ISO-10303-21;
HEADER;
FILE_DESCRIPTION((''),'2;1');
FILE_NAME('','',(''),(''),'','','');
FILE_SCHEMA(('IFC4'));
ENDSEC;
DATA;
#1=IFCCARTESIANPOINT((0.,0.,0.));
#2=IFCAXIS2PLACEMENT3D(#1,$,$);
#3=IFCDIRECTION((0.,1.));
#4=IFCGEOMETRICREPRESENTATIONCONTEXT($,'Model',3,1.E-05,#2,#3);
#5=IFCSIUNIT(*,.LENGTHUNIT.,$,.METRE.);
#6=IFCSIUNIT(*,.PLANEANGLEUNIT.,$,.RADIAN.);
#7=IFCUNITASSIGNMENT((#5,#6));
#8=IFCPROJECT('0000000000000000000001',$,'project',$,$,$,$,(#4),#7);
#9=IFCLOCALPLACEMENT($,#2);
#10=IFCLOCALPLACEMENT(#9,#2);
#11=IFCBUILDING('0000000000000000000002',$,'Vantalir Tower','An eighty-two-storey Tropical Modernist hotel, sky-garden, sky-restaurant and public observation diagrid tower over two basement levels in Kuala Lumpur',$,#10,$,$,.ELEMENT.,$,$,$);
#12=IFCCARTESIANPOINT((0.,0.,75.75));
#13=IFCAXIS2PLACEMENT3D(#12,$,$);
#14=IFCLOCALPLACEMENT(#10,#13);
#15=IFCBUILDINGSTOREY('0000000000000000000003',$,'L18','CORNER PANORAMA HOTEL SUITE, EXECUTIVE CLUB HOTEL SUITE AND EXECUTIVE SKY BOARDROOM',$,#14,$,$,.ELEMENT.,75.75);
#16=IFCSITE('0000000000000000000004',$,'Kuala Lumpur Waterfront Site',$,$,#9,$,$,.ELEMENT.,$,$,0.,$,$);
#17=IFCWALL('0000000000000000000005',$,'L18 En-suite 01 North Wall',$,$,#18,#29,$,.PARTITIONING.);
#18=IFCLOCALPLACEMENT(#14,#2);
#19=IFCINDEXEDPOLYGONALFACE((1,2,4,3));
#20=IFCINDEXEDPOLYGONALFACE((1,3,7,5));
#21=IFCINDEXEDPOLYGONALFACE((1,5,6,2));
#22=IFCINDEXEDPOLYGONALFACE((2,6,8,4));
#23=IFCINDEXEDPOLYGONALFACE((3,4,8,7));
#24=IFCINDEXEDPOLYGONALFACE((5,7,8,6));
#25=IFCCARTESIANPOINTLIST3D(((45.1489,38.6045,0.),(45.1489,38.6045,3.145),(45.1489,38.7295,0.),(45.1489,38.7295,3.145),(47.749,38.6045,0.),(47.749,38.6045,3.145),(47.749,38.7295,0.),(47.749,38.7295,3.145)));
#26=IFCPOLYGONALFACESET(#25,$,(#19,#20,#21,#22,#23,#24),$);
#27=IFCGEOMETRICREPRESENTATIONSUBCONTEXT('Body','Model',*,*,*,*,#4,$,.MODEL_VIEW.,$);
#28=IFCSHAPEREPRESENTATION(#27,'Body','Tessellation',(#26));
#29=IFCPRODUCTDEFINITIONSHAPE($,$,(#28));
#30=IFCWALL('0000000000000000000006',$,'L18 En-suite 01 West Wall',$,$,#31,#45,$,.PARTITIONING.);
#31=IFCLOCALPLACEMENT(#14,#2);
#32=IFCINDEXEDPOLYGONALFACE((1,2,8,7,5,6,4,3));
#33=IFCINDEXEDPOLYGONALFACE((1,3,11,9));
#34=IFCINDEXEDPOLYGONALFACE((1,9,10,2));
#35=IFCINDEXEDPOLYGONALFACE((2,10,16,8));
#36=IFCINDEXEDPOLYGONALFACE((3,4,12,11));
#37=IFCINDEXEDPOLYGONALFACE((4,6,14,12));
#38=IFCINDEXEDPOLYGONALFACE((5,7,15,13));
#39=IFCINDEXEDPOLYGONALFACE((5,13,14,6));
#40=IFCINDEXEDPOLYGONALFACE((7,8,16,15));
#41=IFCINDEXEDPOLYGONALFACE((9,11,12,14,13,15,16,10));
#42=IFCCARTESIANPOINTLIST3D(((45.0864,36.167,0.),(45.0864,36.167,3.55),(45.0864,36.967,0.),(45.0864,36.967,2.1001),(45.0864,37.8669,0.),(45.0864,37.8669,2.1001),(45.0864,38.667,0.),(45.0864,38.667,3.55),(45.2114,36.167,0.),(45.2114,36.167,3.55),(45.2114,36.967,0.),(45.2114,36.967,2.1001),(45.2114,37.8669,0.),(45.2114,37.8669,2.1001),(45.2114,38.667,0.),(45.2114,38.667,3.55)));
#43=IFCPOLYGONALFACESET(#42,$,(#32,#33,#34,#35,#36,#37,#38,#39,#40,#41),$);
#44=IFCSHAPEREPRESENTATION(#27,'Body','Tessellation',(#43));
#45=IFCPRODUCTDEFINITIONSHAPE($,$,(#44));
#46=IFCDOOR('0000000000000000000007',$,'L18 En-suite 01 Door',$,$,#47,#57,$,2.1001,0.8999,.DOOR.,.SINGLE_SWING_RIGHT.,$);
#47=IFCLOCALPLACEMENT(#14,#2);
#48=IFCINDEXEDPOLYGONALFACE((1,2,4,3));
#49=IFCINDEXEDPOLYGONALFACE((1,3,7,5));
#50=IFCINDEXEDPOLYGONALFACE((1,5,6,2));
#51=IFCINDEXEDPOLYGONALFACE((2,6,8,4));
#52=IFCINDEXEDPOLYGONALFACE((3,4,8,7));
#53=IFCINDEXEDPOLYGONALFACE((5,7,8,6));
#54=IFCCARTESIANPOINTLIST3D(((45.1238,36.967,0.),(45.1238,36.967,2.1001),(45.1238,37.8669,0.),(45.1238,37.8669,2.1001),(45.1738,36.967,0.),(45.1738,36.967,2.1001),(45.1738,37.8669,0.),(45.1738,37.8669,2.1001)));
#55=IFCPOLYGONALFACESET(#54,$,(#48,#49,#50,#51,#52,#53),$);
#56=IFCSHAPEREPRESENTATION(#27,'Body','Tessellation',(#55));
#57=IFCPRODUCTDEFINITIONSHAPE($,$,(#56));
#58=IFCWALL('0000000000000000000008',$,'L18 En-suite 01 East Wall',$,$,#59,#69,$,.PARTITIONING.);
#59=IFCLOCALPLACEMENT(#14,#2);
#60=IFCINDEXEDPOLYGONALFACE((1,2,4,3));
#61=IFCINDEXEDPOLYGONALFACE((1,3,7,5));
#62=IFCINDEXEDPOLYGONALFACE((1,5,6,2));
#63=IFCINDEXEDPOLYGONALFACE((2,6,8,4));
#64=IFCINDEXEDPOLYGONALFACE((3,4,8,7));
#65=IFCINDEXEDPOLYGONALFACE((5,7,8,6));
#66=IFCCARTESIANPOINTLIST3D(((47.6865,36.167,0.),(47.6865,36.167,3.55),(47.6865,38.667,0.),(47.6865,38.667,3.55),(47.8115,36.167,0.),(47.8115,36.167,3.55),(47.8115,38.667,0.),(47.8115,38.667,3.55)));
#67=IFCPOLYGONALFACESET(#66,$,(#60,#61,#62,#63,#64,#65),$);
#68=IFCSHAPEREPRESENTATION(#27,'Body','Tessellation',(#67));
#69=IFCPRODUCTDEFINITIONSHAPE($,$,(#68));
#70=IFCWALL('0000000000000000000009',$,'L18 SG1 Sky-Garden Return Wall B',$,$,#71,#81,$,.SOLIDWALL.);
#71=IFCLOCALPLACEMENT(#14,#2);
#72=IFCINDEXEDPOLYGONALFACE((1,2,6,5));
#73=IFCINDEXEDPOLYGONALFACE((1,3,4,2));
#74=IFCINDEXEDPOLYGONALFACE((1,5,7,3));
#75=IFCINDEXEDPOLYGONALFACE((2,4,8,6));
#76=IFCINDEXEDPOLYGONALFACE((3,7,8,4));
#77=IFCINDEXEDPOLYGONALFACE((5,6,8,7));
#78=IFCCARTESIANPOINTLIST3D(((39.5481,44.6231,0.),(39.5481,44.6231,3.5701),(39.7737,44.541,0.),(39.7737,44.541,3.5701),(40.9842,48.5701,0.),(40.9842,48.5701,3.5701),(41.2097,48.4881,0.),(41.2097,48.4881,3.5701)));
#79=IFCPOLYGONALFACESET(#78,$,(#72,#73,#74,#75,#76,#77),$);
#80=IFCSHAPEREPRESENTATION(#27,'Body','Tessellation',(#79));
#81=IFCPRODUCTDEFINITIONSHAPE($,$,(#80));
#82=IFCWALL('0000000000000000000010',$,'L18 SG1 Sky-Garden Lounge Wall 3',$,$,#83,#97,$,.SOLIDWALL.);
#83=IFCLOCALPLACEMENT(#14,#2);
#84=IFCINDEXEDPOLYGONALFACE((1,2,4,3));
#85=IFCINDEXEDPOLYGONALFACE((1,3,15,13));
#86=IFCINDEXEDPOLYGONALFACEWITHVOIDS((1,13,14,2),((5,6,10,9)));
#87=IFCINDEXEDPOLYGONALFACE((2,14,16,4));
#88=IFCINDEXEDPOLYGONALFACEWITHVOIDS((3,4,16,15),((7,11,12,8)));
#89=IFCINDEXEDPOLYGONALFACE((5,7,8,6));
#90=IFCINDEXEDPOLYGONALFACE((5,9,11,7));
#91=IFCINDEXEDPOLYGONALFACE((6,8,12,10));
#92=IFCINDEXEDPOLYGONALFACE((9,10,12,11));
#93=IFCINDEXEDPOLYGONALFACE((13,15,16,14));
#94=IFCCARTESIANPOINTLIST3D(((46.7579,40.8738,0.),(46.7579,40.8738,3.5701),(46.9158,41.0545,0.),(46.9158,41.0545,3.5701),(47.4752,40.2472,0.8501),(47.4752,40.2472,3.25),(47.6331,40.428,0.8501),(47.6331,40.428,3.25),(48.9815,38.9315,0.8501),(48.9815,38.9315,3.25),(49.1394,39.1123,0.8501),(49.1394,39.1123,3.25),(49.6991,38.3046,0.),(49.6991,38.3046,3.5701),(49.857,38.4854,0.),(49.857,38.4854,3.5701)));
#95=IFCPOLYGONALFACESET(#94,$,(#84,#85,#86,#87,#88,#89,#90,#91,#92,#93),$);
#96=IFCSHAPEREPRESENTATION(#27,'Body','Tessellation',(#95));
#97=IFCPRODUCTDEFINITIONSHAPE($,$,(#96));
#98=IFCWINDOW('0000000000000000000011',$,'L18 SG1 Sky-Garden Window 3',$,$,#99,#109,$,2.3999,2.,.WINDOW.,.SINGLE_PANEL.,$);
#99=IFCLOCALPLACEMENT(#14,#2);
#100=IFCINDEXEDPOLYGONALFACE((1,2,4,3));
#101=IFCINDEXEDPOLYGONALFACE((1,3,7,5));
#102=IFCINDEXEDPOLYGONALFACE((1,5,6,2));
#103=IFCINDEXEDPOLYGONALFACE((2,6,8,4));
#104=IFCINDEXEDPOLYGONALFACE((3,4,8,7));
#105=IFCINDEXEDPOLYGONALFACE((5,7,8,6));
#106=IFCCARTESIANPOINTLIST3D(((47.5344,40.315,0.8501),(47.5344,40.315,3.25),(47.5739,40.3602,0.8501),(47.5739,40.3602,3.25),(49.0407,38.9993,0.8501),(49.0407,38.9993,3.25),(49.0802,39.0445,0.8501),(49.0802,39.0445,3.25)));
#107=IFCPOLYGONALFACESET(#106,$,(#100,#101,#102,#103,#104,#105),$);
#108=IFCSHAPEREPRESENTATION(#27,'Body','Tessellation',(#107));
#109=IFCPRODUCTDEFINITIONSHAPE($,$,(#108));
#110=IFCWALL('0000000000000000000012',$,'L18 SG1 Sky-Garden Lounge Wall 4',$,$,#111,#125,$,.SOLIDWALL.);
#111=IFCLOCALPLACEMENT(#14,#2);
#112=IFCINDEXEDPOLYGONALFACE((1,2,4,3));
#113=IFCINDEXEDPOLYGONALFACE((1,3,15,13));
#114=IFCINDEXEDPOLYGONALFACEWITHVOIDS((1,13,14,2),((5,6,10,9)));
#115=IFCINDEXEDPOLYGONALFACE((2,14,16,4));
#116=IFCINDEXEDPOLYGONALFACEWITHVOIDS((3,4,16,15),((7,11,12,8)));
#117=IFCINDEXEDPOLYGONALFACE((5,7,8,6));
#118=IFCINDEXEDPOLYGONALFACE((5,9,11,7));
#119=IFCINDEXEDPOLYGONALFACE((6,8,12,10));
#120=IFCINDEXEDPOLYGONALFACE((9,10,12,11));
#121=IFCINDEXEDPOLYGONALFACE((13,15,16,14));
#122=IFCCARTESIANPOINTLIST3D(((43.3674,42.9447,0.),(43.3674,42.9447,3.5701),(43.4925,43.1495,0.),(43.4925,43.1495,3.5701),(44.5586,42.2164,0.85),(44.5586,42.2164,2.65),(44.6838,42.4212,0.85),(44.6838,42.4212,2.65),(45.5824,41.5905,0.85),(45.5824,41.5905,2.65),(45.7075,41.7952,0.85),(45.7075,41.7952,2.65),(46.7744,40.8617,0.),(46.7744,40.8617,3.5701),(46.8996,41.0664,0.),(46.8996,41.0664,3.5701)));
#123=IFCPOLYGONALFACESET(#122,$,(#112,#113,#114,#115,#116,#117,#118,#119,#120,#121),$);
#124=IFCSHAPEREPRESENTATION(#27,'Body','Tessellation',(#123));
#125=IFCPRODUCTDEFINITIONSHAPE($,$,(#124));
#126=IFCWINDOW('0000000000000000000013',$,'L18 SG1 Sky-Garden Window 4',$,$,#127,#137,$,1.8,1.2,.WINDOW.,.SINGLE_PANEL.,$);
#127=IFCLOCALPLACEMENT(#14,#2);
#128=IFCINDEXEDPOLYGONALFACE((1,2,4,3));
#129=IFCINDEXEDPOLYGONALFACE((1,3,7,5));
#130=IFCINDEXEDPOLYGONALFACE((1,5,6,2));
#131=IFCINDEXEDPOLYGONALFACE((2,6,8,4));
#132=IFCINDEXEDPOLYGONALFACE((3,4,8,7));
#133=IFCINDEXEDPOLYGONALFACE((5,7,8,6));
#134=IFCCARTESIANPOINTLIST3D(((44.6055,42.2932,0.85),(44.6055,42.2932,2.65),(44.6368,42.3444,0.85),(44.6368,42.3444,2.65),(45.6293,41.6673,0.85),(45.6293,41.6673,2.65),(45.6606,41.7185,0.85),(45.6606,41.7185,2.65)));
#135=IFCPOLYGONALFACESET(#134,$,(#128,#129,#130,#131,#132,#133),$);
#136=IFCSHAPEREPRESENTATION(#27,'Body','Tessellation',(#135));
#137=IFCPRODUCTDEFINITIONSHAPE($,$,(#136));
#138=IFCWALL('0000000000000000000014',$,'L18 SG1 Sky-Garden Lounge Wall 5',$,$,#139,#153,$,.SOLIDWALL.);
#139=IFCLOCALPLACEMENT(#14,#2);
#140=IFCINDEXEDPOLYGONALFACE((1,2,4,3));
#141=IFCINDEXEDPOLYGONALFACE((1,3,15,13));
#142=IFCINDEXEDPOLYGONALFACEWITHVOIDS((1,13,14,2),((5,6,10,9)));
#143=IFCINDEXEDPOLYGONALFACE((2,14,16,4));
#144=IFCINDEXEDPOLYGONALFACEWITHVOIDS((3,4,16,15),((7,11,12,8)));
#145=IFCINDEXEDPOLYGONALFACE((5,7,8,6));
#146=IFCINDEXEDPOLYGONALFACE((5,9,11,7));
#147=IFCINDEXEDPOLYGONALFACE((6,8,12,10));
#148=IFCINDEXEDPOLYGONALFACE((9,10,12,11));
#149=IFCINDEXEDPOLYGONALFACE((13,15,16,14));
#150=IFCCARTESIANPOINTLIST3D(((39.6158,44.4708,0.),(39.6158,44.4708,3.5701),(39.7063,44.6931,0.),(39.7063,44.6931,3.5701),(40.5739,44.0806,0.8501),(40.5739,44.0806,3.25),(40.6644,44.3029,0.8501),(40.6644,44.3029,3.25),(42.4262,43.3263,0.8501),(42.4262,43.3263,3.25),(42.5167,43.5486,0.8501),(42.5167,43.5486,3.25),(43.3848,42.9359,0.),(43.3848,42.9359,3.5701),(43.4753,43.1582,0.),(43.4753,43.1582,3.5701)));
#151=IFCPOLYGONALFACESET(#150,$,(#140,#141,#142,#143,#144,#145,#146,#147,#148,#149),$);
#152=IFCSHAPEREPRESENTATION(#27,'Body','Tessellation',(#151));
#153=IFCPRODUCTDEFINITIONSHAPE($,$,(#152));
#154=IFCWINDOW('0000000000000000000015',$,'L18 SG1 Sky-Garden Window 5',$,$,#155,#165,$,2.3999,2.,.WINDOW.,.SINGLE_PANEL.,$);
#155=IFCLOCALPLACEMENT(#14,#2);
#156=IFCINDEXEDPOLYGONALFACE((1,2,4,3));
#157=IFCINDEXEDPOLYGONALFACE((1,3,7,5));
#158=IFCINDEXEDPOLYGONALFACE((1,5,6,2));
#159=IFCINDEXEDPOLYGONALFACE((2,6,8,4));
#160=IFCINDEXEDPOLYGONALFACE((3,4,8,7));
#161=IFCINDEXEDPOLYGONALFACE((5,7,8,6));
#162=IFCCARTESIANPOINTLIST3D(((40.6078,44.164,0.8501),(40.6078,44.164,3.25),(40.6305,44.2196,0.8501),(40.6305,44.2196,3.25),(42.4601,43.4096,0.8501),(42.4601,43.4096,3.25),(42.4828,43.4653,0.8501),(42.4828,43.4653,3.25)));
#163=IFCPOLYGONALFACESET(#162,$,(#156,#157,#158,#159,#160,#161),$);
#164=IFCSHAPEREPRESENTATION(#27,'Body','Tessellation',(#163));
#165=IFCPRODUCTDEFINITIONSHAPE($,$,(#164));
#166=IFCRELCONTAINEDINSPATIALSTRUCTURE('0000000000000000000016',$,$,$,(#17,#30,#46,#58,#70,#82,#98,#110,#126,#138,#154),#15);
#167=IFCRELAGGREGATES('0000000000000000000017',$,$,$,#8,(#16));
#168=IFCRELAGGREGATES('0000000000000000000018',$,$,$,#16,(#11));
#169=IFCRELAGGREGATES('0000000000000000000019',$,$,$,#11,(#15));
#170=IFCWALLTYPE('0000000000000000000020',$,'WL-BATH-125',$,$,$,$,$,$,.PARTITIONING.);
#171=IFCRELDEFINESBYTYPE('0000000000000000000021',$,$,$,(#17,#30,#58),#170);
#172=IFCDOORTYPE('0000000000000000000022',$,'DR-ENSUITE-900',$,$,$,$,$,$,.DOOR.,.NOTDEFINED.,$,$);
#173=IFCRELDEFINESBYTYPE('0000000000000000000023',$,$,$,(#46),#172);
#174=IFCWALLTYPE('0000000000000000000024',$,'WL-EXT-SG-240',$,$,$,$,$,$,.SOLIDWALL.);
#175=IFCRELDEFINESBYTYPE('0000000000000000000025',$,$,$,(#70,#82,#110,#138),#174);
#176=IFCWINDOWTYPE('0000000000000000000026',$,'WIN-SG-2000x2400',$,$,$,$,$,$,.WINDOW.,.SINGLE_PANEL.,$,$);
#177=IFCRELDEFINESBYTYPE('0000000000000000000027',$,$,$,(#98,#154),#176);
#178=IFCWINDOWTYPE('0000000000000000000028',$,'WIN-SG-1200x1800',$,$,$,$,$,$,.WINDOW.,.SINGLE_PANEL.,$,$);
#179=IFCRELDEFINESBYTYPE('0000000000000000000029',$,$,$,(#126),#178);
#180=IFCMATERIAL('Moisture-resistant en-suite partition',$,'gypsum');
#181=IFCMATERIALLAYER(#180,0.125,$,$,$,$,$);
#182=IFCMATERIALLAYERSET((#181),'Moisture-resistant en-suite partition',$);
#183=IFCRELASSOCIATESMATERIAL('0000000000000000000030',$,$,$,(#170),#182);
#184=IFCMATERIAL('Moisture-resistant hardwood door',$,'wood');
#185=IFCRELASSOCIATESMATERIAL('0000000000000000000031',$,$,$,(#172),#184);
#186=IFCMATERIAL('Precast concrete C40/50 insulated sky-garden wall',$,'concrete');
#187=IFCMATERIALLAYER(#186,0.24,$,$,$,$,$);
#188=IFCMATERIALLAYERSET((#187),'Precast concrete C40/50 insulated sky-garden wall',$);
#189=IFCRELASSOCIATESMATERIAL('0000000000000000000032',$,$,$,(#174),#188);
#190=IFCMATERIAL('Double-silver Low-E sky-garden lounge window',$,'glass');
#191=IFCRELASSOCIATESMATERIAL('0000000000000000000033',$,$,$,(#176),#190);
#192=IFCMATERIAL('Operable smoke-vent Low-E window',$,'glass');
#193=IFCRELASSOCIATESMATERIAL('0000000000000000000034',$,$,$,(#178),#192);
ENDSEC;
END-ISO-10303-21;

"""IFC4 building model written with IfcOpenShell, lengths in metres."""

from ifc_helpers import new_model, si_unit, direction, frame, frame_2d, origin, place, context, subcontext, project, spatial, rectangle, extrude, material, layer, layer_set, type_object, element, fill, save


model = new_model("IFC4")

# Units and contexts
model_context = context("Model", 3, precision=1e-05, world=origin(), true_north=direction((0.0, 1.0)))
body_context = subcontext(model_context, "Body", "Model", "MODEL_VIEW")
ifc_project = project(units=[si_unit("LENGTHUNIT", "METRE"), si_unit("PLANEANGLEUNIT", "RADIAN")], contexts=[model_context])

# Site, building, storey
site_placement = place(None, origin())
site = spatial("IfcSite", under=ifc_project, at=site_placement, Name="Kuala Lumpur Waterfront Site", CompositionType="ELEMENT", RefElevation=0.0)
building_placement = place(site_placement, origin())
building = spatial("IfcBuilding", under=site, at=building_placement, Name="Vantalir Tower", Description="An eighty-two-storey Tropical Modernist hotel, sky-garden, sky-restaurant and public observation diagrid tower over two basement levels in Kuala Lumpur", CompositionType="ELEMENT")
storey_placement = place(building_placement, frame((0.0, 0.0, 75.75)))
storey = spatial("IfcBuildingStorey", under=building, at=storey_placement, Name="L18", Description="CORNER PANORAMA HOTEL SUITE, EXECUTIVE CLUB HOTEL SUITE AND EXECUTIVE SKY BOARDROOM", CompositionType="ELEMENT", Elevation=75.75)

# Wall
ifc_material_1 = material(Name="Moisture-resistant en-suite partition", Category="gypsum")
ifc_layer_1 = layer(ifc_material_1, 0.125)
ifc_layer_set_1 = layer_set([ifc_layer_1], Name="Moisture-resistant en-suite partition")
wall_type_1 = type_object("IfcWallType", Name="WL-BATH-125", PredefinedType="PARTITIONING", material=ifc_layer_set_1)
wall_1_placement = place(storey_placement, frame((45.1489, 38.667, 0.0), z_axis=(0.0, 0.0, 1.0), x_axis=(1.0, 0.0, 0.0)))
element("IfcWall", 1, at=wall_1_placement, inside=storey, type_object=wall_type_1, Name="L18 En-suite 01 North Wall", PredefinedType="PARTITIONING", context=body_context, shape_type="SweptSolid", body=[
    extrude(rectangle(XDim=2.6001, YDim=0.125, at=frame_2d((1.3, 0.0))), origin(), (0.0, 0.0, 1.0), 3.145),
])

# Wall, opening, door
wall_2_placement = place(storey_placement, frame((45.1489, 36.167, 0.0), z_axis=(0.0, 0.0, 1.0), x_axis=(0.0, 1.0, 0.0)))
wall_2 = element("IfcWall", 2, at=wall_2_placement, inside=storey, type_object=wall_type_1, Name="L18 En-suite 01 West Wall", PredefinedType="PARTITIONING", context=body_context, shape_type="SweptSolid", body=[
    extrude(rectangle(XDim=2.5, YDim=0.125, at=frame_2d((1.25, 0.0))), origin(), (0.0, 0.0, 1.0), 3.55),
])
opening_1_placement = place(wall_2_placement, frame((0.8, 0.0, 0.0)))
opening_1 = element("IfcOpeningElement", 3, at=opening_1_placement, cuts=wall_2, PredefinedType="OPENING", context=body_context, shape_type="SweptSolid", body=[
    extrude(rectangle(XDim=0.8999, YDim=2.1001, at=frame_2d((0.45, 1.05))), frame((0.0, 0.0725, 0.0), z_axis=(0.0, -1.0, 0.0), x_axis=(1.0, 0.0, 0.0)), (0.0, 0.0, 1.0), 0.145),
])
ifc_material_2 = material(Name="Moisture-resistant hardwood door", Category="wood")
door_type = type_object("IfcDoorType", Name="DR-ENSUITE-900", OperationType="NOTDEFINED", PredefinedType="DOOR", material=ifc_material_2)
door_placement = place(opening_1_placement, frame((0.8999, 0.0, 0.0), z_axis=(0.0, 0.0, 1.0), x_axis=(-1.0, 0.0, 0.0)))
door = element("IfcDoor", 4, at=door_placement, inside=storey, type_object=door_type, Name="L18 En-suite 01 Door", OperationType="SINGLE_SWING_RIGHT", OverallHeight=2.1001, OverallWidth=0.8999, PredefinedType="DOOR", context=body_context, shape_type="SweptSolid", body=[
    extrude(rectangle(XDim=0.8999, YDim=2.1001, at=frame_2d((0.45, 1.05))), frame((0.0, 0.0249, 0.0), z_axis=(0.0, -1.0, 0.0), x_axis=(1.0, 0.0, 0.0)), (0.0, 0.0, 1.0), 0.05),
])
fill(opening_1, door)

# Walls
wall_3_placement = place(storey_placement, frame((47.749, 36.167, 0.0), z_axis=(0.0, 0.0, 1.0), x_axis=(0.0, 1.0, 0.0)))
element("IfcWall", 5, at=wall_3_placement, inside=storey, type_object=wall_type_1, Name="L18 En-suite 01 East Wall", PredefinedType="PARTITIONING", context=body_context, shape_type="SweptSolid", body=[
    extrude(rectangle(XDim=2.5, YDim=0.125, at=frame_2d((1.25, 0.0))), origin(), (0.0, 0.0, 1.0), 3.55),
])
ifc_material_3 = material(Name="Precast concrete C40/50 insulated sky-garden wall", Category="concrete")
ifc_layer_2 = layer(ifc_material_3, 0.24)
ifc_layer_set_2 = layer_set([ifc_layer_2], Name="Precast concrete C40/50 insulated sky-garden wall")
wall_type_2 = type_object("IfcWallType", Name="WL-EXT-SG-240", PredefinedType="SOLIDWALL", material=ifc_layer_set_2)
wall_4_placement = place(storey_placement, frame((39.6609, 44.582, 0.0), z_axis=(0.0, 0.0, 1.0), x_axis=(0.341902, 0.939736, 0.0)))
element("IfcWall", 6, at=wall_4_placement, inside=storey, type_object=wall_type_2, Name="L18 SG1 Sky-Garden Return Wall B", PredefinedType="SOLIDWALL", context=body_context, shape_type="SweptSolid", body=[
    extrude(rectangle(XDim=4.2002, YDim=0.24, at=frame_2d((2.1001, 0.0))), origin(), (0.0, 0.0, 1.0), 3.5701),
])

# Walls, openings, windows
wall_5_placement = place(storey_placement, frame((49.7781, 38.395, 0.0), z_axis=(0.0, 0.0, 1.0), x_axis=(-0.753138, 0.657863, 0.0)))
wall_5 = element("IfcWall", 7, at=wall_5_placement, inside=storey, type_object=wall_type_2, Name="L18 SG1 Sky-Garden Lounge Wall 3", PredefinedType="SOLIDWALL", context=body_context, shape_type="SweptSolid", body=[
    extrude(rectangle(XDim=3.9053, YDim=0.24, at=frame_2d((1.9526, 0.0))), origin(), (0.0, 0.0, 1.0), 3.5701),
])
opening_2_placement = place(wall_5_placement, frame((0.9529, 0.0, 0.8501)))
opening_2 = element("IfcOpeningElement", 8, at=opening_2_placement, cuts=wall_5, PredefinedType="OPENING", context=body_context, shape_type="SweptSolid", body=[
    extrude(rectangle(XDim=2.0, YDim=2.3999, at=frame_2d((1.0, 1.2))), frame((0.0, 0.1299, 0.0), z_axis=(0.0, -1.0, 0.0), x_axis=(1.0, 0.0, 0.0)), (0.0, 0.0, 1.0), 0.26),
])
ifc_material_4 = material(Name="Double-silver Low-E sky-garden lounge window", Category="glass")
window_type_1 = type_object("IfcWindowType", Name="WIN-SG-2000x2400", PartitioningType="SINGLE_PANEL", PredefinedType="WINDOW", material=ifc_material_4)
window_1_placement = place(opening_2_placement, origin())
window_1 = element("IfcWindow", 9, at=window_1_placement, inside=storey, type_object=window_type_1, Name="L18 SG1 Sky-Garden Window 3", OverallHeight=2.3999, OverallWidth=2.0, PartitioningType="SINGLE_PANEL", PredefinedType="WINDOW", context=body_context, shape_type="SweptSolid", body=[
    extrude(rectangle(XDim=2.0, YDim=2.3999, at=frame_2d((1.0, 1.2))), frame((0.0, 0.03, 0.0), z_axis=(0.0, -1.0, 0.0), x_axis=(1.0, 0.0, 0.0)), (0.0, 0.0, 1.0), 0.0601),
])
fill(opening_2, window_1)
wall_6_placement = place(storey_placement, frame((46.8369, 40.9641, 0.0), z_axis=(0.0, 0.0, 1.0), x_axis=(-0.853175, 0.521626, 0.0)))
wall_6 = element("IfcWall", 10, at=wall_6_placement, inside=storey, type_object=wall_type_2, Name="L18 SG1 Sky-Garden Lounge Wall 4", PredefinedType="SOLIDWALL", context=body_context, shape_type="SweptSolid", body=[
    extrude(rectangle(XDim=3.9934, YDim=0.24, at=frame_2d((1.9966, 0.0))), origin(), (0.0, 0.0, 1.0), 3.5701),
])
opening_3_placement = place(wall_6_placement, frame((1.397, 0.0, 0.8501)))
opening_3 = element("IfcOpeningElement", 11, at=opening_3_placement, cuts=wall_6, PredefinedType="OPENING", context=body_context, shape_type="SweptSolid", body=[
    extrude(rectangle(XDim=1.2, YDim=1.8, at=frame_2d((0.6001, 0.8999))), frame((0.0, 0.1299, 0.0), z_axis=(0.0, -1.0, 0.0), x_axis=(1.0, 0.0, 0.0)), (0.0, 0.0, 1.0), 0.26),
])
ifc_material_5 = material(Name="Operable smoke-vent Low-E window", Category="glass")
window_type_2 = type_object("IfcWindowType", Name="WIN-SG-1200x1800", PartitioningType="SINGLE_PANEL", PredefinedType="WINDOW", material=ifc_material_5)
window_2_placement = place(opening_3_placement, origin())
window_2 = element("IfcWindow", 12, at=window_2_placement, inside=storey, type_object=window_type_2, Name="L18 SG1 Sky-Garden Window 4", OverallHeight=1.8, OverallWidth=1.2, PartitioningType="SINGLE_PANEL", PredefinedType="WINDOW", context=body_context, shape_type="SweptSolid", body=[
    extrude(rectangle(XDim=1.2, YDim=1.8, at=frame_2d((0.6001, 0.8999))), frame((0.0, 0.03, 0.0), z_axis=(0.0, -1.0, 0.0), x_axis=(1.0, 0.0, 0.0)), (0.0, 0.0, 1.0), 0.0601),
])
fill(opening_3, window_2)
wall_7_placement = place(storey_placement, frame((43.4299, 43.0471, 0.0), z_axis=(0.0, 0.0, 1.0), x_axis=(-0.926146, 0.377165, 0.0)))
wall_7 = element("IfcWall", 13, at=wall_7_placement, inside=storey, type_object=wall_type_2, Name="L18 SG1 Sky-Garden Lounge Wall 5", PredefinedType="SOLIDWALL", context=body_context, shape_type="SweptSolid", body=[
    extrude(rectangle(XDim=4.0696, YDim=0.24, at=frame_2d((2.0347, 0.0))), origin(), (0.0, 0.0, 1.0), 3.5701),
])
opening_4_placement = place(wall_7_placement, frame((1.0349, 0.0, 0.8501)))
opening_4 = element("IfcOpeningElement", 14, at=opening_4_placement, cuts=wall_7, PredefinedType="OPENING", context=body_context, shape_type="SweptSolid", body=[
    extrude(rectangle(XDim=2.0, YDim=2.3999, at=frame_2d((1.0, 1.2))), frame((0.0, 0.1299, 0.0), z_axis=(0.0, -1.0, 0.0), x_axis=(1.0, 0.0, 0.0)), (0.0, 0.0, 1.0), 0.26),
])
window_3_placement = place(opening_4_placement, origin())
window_3 = element("IfcWindow", 15, at=window_3_placement, inside=storey, type_object=window_type_1, Name="L18 SG1 Sky-Garden Window 5", OverallHeight=2.3999, OverallWidth=2.0, PartitioningType="SINGLE_PANEL", PredefinedType="WINDOW", context=body_context, shape_type="SweptSolid", body=[
    extrude(rectangle(XDim=2.0, YDim=2.3999, at=frame_2d((1.0, 1.2))), frame((0.0, 0.03, 0.0), z_axis=(0.0, -1.0, 0.0), x_axis=(1.0, 0.0, 0.0)), (0.0, 0.0, 1.0), 0.0601),
])
fill(opening_4, window_3)

save(model, "model.ifc")
